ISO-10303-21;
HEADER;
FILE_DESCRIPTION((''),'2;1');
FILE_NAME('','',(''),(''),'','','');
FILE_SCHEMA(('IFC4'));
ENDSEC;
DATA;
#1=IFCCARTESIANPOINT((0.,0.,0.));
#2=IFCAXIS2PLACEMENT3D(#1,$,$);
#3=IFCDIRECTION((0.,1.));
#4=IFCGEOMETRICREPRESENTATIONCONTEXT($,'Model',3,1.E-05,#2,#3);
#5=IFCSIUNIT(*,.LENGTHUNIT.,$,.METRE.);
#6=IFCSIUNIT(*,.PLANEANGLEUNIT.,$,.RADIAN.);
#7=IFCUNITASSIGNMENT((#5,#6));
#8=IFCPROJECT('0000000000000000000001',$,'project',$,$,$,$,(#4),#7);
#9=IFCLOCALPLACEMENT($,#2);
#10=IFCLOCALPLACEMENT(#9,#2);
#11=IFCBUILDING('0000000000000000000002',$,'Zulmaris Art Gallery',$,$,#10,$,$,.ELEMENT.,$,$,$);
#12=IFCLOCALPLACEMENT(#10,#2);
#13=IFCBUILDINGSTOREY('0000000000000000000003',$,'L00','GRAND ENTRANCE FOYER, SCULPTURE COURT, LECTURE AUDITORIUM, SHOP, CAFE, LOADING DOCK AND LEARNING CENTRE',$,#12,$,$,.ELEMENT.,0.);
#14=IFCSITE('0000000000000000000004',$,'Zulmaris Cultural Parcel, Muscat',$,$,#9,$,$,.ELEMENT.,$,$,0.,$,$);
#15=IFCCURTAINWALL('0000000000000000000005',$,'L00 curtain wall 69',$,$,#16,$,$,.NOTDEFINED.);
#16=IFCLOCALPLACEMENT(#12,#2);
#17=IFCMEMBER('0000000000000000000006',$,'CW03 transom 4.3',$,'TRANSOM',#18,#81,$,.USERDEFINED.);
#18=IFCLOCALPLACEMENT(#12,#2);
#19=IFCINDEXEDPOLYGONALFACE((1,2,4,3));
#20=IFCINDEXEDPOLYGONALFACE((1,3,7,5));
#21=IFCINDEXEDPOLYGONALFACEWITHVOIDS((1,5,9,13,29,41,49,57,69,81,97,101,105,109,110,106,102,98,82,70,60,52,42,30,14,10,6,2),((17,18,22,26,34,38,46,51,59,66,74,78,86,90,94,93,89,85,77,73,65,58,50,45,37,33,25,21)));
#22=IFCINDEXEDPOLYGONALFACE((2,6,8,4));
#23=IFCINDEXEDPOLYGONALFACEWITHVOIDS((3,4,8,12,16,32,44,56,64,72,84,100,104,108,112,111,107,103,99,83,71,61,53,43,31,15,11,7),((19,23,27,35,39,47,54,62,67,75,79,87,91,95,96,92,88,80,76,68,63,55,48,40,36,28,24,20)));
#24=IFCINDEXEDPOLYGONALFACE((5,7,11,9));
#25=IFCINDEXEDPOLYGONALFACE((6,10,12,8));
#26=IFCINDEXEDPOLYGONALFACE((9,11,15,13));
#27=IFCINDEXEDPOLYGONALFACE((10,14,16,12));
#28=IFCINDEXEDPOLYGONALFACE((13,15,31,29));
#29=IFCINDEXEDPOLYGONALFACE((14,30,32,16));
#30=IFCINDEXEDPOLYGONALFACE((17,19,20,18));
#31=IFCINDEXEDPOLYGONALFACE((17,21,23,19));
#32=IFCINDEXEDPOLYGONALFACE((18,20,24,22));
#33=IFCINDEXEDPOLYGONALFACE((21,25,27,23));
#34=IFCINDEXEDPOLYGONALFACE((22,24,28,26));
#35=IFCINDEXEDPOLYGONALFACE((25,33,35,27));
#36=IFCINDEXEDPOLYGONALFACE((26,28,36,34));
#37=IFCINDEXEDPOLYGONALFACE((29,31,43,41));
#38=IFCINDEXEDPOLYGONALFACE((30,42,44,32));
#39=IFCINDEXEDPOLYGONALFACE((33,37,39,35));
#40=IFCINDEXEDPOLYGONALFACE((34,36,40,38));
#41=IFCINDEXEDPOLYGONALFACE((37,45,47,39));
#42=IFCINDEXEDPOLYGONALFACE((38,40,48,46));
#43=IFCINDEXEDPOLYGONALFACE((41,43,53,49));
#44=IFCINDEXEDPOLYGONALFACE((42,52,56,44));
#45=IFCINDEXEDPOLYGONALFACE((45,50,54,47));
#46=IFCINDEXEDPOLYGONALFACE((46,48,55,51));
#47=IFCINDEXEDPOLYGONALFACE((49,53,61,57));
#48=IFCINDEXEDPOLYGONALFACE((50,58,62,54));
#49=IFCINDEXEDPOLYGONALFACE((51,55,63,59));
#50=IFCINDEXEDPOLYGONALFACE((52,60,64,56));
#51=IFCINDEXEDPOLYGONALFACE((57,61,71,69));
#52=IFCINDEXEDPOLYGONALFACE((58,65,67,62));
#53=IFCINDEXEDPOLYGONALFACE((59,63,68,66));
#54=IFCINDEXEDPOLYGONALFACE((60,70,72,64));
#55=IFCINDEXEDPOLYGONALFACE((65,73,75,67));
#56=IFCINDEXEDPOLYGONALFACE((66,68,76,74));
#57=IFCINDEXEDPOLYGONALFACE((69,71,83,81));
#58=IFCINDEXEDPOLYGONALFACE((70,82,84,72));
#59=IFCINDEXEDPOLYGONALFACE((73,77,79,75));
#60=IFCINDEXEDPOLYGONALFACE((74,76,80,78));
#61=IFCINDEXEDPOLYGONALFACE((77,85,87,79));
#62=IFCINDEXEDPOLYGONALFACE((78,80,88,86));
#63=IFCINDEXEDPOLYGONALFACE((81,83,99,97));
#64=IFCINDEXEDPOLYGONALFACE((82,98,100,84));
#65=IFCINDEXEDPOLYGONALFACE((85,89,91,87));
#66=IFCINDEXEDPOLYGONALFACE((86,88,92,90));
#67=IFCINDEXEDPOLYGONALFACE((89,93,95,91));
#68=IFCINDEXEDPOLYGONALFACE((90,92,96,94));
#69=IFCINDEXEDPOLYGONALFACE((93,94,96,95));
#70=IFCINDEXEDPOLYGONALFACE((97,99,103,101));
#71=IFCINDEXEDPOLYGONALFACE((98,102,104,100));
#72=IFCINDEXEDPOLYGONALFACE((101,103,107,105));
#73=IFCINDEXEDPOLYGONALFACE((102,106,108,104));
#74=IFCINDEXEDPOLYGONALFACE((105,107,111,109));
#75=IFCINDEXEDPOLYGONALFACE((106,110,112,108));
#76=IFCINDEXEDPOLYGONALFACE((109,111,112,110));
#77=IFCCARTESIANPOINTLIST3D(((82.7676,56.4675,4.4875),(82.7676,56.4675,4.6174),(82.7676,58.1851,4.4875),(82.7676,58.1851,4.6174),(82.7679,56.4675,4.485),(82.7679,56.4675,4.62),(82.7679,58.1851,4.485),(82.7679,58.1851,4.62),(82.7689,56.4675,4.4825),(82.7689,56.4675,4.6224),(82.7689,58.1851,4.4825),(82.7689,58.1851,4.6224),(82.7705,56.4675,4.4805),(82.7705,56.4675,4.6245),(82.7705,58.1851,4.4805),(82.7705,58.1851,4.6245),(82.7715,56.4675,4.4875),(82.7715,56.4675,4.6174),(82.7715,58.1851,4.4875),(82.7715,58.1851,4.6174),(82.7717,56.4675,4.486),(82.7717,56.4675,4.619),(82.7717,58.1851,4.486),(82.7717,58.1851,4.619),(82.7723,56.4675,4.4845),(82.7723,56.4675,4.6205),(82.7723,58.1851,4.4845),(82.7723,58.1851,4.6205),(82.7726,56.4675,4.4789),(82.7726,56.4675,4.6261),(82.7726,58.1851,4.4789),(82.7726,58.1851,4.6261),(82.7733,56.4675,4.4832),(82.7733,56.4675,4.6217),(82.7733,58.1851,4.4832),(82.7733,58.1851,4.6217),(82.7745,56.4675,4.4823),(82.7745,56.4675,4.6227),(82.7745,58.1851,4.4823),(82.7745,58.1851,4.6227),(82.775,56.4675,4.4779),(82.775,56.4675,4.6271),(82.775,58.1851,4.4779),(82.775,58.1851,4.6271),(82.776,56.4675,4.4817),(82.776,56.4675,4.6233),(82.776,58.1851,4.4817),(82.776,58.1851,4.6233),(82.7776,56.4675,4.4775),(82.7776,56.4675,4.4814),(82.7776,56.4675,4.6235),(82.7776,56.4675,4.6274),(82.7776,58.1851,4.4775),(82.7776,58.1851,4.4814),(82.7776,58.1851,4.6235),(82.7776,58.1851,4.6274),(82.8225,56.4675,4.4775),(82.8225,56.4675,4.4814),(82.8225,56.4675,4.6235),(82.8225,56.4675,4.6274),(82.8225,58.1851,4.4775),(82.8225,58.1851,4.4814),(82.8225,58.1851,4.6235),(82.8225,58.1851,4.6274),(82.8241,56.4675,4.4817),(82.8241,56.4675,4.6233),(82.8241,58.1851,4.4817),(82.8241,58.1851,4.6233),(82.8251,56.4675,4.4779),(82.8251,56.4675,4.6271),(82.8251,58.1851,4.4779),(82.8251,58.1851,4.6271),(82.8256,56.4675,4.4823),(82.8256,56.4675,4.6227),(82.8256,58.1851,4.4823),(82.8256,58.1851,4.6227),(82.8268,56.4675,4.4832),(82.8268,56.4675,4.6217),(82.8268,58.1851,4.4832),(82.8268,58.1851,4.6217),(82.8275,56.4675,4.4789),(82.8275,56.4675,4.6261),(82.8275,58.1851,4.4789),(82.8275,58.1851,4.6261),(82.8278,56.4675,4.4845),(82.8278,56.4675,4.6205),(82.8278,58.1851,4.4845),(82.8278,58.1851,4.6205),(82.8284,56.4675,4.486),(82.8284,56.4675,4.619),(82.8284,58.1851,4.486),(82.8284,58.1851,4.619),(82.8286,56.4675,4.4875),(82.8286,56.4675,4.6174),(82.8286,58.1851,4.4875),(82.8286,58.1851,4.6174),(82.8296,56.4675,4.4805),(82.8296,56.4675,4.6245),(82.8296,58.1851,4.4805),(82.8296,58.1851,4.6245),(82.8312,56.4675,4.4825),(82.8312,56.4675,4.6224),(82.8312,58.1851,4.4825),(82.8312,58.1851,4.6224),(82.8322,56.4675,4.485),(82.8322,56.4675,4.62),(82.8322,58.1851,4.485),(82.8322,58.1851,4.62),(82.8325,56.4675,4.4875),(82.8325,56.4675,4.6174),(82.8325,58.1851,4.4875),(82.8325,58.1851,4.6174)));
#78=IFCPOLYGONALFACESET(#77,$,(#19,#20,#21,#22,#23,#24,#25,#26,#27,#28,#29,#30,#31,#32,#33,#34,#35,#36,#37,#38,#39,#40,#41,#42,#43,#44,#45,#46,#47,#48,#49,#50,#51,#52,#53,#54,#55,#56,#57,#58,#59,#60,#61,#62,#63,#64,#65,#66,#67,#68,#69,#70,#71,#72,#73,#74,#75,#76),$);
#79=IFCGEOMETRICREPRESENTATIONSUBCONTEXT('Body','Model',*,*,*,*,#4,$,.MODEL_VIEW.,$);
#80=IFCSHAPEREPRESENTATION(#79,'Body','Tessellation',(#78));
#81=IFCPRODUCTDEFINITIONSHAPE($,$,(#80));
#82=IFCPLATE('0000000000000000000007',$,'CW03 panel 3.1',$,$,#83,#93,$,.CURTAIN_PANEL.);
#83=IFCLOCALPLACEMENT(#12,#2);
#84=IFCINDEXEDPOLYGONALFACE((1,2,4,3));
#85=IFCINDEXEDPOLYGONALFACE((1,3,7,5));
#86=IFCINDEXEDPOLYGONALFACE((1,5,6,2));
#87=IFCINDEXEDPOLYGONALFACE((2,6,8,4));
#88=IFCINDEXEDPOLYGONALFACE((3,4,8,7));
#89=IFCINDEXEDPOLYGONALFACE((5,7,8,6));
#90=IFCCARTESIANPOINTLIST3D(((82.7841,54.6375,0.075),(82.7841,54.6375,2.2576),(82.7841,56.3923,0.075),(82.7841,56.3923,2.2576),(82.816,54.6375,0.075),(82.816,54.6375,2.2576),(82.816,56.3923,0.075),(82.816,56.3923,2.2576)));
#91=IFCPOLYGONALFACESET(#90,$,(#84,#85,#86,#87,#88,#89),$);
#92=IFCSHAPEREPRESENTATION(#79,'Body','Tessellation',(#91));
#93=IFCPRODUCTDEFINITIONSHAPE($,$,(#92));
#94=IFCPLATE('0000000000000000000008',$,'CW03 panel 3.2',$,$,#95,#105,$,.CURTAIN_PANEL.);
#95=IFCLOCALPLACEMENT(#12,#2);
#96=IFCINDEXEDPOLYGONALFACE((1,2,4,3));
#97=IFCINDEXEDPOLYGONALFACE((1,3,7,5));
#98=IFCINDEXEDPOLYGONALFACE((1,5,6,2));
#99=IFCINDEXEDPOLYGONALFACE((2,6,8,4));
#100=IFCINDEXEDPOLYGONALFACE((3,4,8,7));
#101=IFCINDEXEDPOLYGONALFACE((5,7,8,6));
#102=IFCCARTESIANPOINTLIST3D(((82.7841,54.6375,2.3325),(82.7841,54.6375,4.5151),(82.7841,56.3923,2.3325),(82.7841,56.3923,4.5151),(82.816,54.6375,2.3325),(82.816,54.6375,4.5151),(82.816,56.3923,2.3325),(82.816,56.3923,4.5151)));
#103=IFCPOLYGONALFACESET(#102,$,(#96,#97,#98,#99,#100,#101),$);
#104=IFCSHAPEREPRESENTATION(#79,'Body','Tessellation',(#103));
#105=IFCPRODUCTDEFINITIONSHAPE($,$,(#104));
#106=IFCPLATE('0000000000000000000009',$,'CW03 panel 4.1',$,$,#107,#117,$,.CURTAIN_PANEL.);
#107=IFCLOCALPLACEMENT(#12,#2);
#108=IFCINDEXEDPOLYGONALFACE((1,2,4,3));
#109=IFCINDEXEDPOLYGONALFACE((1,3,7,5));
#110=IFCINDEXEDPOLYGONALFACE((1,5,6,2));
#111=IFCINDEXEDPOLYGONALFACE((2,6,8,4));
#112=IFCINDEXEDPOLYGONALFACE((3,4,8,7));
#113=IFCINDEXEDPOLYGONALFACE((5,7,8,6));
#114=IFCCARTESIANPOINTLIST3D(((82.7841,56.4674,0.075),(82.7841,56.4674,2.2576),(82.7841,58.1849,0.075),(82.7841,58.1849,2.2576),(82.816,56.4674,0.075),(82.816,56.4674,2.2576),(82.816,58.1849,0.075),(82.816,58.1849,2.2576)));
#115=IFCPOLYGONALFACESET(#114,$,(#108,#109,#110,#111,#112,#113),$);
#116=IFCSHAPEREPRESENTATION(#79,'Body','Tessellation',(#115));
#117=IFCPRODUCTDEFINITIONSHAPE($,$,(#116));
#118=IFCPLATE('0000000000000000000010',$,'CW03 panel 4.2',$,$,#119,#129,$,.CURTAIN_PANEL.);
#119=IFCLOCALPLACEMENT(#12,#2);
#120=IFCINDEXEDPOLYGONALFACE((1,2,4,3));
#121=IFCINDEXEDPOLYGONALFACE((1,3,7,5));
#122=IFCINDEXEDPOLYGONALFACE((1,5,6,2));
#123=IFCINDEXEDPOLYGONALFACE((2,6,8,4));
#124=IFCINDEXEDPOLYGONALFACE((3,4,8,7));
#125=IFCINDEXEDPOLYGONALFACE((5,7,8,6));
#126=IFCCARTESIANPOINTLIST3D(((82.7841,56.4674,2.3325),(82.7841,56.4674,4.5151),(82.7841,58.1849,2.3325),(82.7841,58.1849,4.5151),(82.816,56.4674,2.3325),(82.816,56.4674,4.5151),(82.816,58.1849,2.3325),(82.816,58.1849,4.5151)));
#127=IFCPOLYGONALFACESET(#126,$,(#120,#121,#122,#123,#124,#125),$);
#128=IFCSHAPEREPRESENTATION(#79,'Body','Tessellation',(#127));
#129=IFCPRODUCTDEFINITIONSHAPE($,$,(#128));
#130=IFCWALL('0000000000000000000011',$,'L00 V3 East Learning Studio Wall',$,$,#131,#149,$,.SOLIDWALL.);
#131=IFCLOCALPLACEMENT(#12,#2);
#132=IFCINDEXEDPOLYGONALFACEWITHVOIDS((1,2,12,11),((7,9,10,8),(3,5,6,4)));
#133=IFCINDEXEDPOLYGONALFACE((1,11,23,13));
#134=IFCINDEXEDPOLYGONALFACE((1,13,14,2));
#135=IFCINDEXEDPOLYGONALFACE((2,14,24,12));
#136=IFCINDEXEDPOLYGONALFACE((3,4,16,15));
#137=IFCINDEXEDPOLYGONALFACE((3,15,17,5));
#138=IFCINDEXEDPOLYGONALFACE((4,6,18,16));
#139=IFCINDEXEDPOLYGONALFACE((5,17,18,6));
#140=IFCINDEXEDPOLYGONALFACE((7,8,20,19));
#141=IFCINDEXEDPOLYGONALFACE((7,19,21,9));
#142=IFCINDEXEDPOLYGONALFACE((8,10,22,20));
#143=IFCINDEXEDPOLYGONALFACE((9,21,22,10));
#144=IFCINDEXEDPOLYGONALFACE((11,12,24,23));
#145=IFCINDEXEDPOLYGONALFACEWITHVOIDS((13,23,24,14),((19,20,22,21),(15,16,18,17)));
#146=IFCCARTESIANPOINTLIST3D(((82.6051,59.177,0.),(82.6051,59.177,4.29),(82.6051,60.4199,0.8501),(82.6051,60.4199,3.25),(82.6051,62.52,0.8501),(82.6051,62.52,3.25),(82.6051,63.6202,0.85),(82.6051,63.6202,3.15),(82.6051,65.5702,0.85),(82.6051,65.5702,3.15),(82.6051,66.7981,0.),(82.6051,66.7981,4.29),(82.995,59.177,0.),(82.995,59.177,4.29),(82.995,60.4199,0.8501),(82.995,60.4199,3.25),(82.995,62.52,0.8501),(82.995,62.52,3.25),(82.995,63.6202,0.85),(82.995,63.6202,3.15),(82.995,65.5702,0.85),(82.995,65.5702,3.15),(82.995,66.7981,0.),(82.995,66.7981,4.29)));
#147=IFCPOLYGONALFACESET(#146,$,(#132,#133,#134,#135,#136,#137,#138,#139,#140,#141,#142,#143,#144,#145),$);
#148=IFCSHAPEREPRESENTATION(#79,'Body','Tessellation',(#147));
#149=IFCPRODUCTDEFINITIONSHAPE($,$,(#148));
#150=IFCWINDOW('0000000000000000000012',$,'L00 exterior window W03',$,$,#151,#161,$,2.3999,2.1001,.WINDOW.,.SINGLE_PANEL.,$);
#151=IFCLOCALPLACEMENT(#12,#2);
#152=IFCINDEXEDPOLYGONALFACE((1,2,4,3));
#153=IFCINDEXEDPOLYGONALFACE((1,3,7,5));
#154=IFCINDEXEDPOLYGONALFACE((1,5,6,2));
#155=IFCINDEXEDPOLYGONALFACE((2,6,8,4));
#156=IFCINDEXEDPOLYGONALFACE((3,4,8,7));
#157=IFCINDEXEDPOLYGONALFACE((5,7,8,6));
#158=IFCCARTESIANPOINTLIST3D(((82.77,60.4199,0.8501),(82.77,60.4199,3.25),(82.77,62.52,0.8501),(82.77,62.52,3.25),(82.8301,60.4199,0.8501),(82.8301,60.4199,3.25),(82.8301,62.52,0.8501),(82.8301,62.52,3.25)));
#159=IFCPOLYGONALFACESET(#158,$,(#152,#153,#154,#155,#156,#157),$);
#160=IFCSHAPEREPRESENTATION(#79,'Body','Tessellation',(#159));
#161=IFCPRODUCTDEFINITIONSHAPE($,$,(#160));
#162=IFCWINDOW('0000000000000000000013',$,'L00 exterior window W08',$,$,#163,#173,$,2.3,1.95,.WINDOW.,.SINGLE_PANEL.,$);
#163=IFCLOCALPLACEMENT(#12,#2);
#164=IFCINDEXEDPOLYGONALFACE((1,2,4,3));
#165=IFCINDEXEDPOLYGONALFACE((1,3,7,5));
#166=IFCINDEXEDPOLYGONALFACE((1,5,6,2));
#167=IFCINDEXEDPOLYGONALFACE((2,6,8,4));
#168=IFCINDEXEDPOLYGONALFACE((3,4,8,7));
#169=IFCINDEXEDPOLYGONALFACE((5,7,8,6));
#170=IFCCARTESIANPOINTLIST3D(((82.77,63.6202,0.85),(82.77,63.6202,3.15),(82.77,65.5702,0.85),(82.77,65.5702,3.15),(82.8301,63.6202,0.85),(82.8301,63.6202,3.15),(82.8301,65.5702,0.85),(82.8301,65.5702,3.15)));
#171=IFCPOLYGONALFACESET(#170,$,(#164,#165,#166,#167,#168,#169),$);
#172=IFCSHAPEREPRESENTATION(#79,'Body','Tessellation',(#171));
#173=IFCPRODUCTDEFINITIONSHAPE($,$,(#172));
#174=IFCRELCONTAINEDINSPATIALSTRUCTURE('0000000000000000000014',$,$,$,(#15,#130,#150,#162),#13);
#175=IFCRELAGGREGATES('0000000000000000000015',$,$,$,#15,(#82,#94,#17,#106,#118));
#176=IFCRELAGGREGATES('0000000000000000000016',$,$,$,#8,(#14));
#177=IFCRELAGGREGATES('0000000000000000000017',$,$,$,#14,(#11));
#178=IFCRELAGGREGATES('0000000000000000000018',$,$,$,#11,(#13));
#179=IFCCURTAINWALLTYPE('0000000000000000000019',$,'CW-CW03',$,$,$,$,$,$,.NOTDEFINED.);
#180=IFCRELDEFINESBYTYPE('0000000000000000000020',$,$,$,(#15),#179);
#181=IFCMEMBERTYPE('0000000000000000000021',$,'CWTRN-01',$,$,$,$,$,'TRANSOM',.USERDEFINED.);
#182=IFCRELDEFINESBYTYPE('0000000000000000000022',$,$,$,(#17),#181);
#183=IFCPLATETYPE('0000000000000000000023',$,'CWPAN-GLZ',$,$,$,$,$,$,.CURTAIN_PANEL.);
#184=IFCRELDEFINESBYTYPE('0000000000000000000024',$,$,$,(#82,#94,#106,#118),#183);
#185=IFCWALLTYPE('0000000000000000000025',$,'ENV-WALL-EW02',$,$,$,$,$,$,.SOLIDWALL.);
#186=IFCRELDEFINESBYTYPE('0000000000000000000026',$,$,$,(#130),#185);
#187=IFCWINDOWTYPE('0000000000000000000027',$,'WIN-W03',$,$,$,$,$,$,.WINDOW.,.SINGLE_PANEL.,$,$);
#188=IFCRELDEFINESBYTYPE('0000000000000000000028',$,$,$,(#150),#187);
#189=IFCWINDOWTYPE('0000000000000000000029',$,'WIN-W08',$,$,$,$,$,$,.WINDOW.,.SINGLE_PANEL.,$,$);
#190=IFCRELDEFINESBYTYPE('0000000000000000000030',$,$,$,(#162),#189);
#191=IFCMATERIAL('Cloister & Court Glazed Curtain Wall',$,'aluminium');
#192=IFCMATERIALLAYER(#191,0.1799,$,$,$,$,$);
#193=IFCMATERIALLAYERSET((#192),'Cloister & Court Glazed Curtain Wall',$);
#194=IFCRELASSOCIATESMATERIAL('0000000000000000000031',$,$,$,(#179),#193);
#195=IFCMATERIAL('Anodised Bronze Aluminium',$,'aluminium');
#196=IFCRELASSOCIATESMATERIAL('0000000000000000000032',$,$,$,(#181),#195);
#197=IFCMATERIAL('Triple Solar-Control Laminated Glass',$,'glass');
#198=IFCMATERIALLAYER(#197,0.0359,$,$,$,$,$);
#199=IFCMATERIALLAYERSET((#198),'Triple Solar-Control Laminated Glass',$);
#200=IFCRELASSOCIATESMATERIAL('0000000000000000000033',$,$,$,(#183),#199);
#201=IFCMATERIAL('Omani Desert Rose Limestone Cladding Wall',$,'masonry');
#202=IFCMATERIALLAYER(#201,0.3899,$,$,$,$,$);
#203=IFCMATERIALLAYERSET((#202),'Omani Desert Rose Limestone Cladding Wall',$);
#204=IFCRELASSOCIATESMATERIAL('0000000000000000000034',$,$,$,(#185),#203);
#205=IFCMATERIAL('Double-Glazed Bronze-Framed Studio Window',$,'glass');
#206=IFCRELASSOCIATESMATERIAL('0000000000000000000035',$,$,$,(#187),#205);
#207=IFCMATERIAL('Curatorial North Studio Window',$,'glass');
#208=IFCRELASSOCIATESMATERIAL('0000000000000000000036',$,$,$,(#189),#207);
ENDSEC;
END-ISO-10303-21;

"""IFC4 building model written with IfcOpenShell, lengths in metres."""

from ifc_helpers import new_model, si_unit, direction, frame, frame_2d, origin, origin_2d, place, context, subcontext, project, spatial, rectangle, hollow_rectangle, extrude, material, layer, layer_set, material_profile, profile_set, type_object, element, fill, aggregate, save


model = new_model("IFC4")

# Units and contexts
model_context = context("Model", 3, precision=1e-05, world=origin(), true_north=direction((0.0, 1.0)))
body_context = subcontext(model_context, "Body", "Model", "MODEL_VIEW")
ifc_project = project(units=[si_unit("LENGTHUNIT", "METRE"), si_unit("PLANEANGLEUNIT", "RADIAN")], contexts=[model_context])

# Site, building, storey
site_placement = place(None, origin())
site = spatial("IfcSite", under=ifc_project, at=site_placement, Name="Zulmaris Cultural Parcel, Muscat", CompositionType="ELEMENT", RefElevation=0.0)
building_placement = place(site_placement, origin())
building = spatial("IfcBuilding", under=site, at=building_placement, Name="Zulmaris Art Gallery", CompositionType="ELEMENT")
storey_placement = place(building_placement, origin())
storey = spatial("IfcBuildingStorey", under=building, at=storey_placement, Name="L00", Description="GRAND ENTRANCE FOYER, SCULPTURE COURT, LECTURE AUDITORIUM, SHOP, CAFE, LOADING DOCK AND LEARNING CENTRE", CompositionType="ELEMENT", Elevation=0.0)

# Curtain wall, member, plates
ifc_material_1 = material(Name="Cloister & Court Glazed Curtain Wall", Category="aluminium")
ifc_layer_1 = layer(ifc_material_1, 0.1799)
ifc_layer_set_1 = layer_set([ifc_layer_1], Name="Cloister & Court Glazed Curtain Wall")
curtain_wall_type = type_object("IfcCurtainWallType", Name="CW-CW03", PredefinedType="NOTDEFINED", material=ifc_layer_set_1)
curtain_wall_placement = place(storey_placement, origin())
curtain_wall = element("IfcCurtainWall", 1, at=curtain_wall_placement, inside=storey, type_object=curtain_wall_type, Name="L00 curtain wall 69", PredefinedType="NOTDEFINED")
ifc_material_2 = material(Name="Anodised Bronze Aluminium", Category="aluminium")
ifc_material_profile_1 = material_profile(ifc_material_2, hollow_rectangle(XDim=0.0649, YDim=0.1499, WallThickness=0.0039, InnerFilletRadius=0.0061, OuterFilletRadius=0.01, at=origin_2d()), Name="ALU 65x150x4")
ifc_profile_set_1 = profile_set([ifc_material_profile_1], Name="Anodised Bronze Aluminium")
member_type_1 = type_object("IfcMemberType", Name="CWTRN-01", ElementType="TRANSOM", PredefinedType="USERDEFINED", material=ifc_profile_set_1)
member_1_placement = place(storey_placement, frame((82.8, 56.4675, 4.5525), z_axis=(0.0, 1.0, 0.0), x_axis=(-1.0, 0.0, 0.0)))
member_1 = element("IfcMember", 2, at=member_1_placement, type_object=member_type_1, Name="CW03 transom 4.3", ObjectType="TRANSOM", PredefinedType="USERDEFINED", context=body_context, shape_type="SweptSolid", body=[
    extrude(hollow_rectangle(XDim=0.0649, YDim=0.1499, WallThickness=0.0039, InnerFilletRadius=0.0061, OuterFilletRadius=0.01, at=origin_2d()), origin(), (0.0, 0.0, 1.0), 1.7175),
])
ifc_material_3 = material(Name="Triple Solar-Control Laminated Glass", Category="glass")
ifc_layer_2 = layer(ifc_material_3, 0.0359)
ifc_layer_set_2 = layer_set([ifc_layer_2], Name="Triple Solar-Control Laminated Glass")
plate_type = type_object("IfcPlateType", Name="CWPAN-GLZ", PredefinedType="CURTAIN_PANEL", material=ifc_layer_set_2)
plate_1_placement = place(storey_placement, frame((82.8, 55.5149, 0.075), z_axis=(0.0, 0.0, 1.0), x_axis=(0.0, 1.0, 0.0)))
plate_1 = element("IfcPlate", 3, at=plate_1_placement, type_object=plate_type, Name="CW03 panel 3.1", PredefinedType="CURTAIN_PANEL", context=body_context, shape_type="SweptSolid", body=[
    extrude(rectangle(XDim=1.7549, YDim=0.032, at=origin_2d()), origin(), (0.0, 0.0, 1.0), 2.1826),
])
plate_2_placement = place(storey_placement, frame((82.8, 55.5149, 2.3325), z_axis=(0.0, 0.0, 1.0), x_axis=(0.0, 1.0, 0.0)))
plate_2 = element("IfcPlate", 4, at=plate_2_placement, type_object=plate_type, Name="CW03 panel 3.2", PredefinedType="CURTAIN_PANEL", context=body_context, shape_type="SweptSolid", body=[
    extrude(rectangle(XDim=1.7549, YDim=0.032, at=origin_2d()), origin(), (0.0, 0.0, 1.0), 2.1826),
])
plate_3_placement = place(storey_placement, frame((82.8, 57.3262, 0.075), z_axis=(0.0, 0.0, 1.0), x_axis=(0.0, 1.0, 0.0)))
plate_3 = element("IfcPlate", 5, at=plate_3_placement, type_object=plate_type, Name="CW03 panel 4.1", PredefinedType="CURTAIN_PANEL", context=body_context, shape_type="SweptSolid", body=[
    extrude(rectangle(XDim=1.7175, YDim=0.032, at=origin_2d()), origin(), (0.0, 0.0, 1.0), 2.1826),
])
plate_4_placement = place(storey_placement, frame((82.8, 57.3262, 2.3325), z_axis=(0.0, 0.0, 1.0), x_axis=(0.0, 1.0, 0.0)))
plate_4 = element("IfcPlate", 6, at=plate_4_placement, type_object=plate_type, Name="CW03 panel 4.2", PredefinedType="CURTAIN_PANEL", context=body_context, shape_type="SweptSolid", body=[
    extrude(rectangle(XDim=1.7175, YDim=0.032, at=origin_2d()), origin(), (0.0, 0.0, 1.0), 2.1826),
])
aggregate(curtain_wall, [plate_1, plate_2, member_1, plate_3, plate_4])

# Wall, openings, windows
ifc_material_4 = material(Name="Omani Desert Rose Limestone Cladding Wall", Category="masonry")
ifc_layer_3 = layer(ifc_material_4, 0.3899)
ifc_layer_set_3 = layer_set([ifc_layer_3], Name="Omani Desert Rose Limestone Cladding Wall")
wall_type_1 = type_object("IfcWallType", Name="ENV-WALL-EW02", PredefinedType="SOLIDWALL", material=ifc_layer_set_3)
wall_1_placement = place(storey_placement, frame((82.8, 59.177, 0.0), z_axis=(0.0, 0.0, 1.0), x_axis=(0.0, 1.0, 0.0)))
wall_1 = element("IfcWall", 7, at=wall_1_placement, inside=storey, type_object=wall_type_1, Name="L00 V3 East Learning Studio Wall", PredefinedType="SOLIDWALL", context=body_context, shape_type="SweptSolid", body=[
    extrude(rectangle(XDim=7.6211, YDim=0.3899, at=frame_2d((3.8105, 0.0))), origin(), (0.0, 0.0, 1.0), 4.29),
])
opening_1_placement = place(wall_1_placement, frame((1.2429, 0.0, 0.8501)))
opening_1 = element("IfcOpeningElement", 8, at=opening_1_placement, cuts=wall_1, PredefinedType="OPENING", context=body_context, shape_type="SweptSolid", body=[
    extrude(rectangle(XDim=2.1001, YDim=2.3999, at=frame_2d((1.05, 1.2))), frame((0.0, 0.2048, 0.0), z_axis=(0.0, -1.0, 0.0), x_axis=(1.0, 0.0, 0.0)), (0.0, 0.0, 1.0), 0.4099),
])
opening_2_placement = place(wall_1_placement, frame((4.4431, 0.0, 0.8501)))
opening_2 = element("IfcOpeningElement", 9, at=opening_2_placement, cuts=wall_1, PredefinedType="OPENING", context=body_context, shape_type="SweptSolid", body=[
    extrude(rectangle(XDim=1.95, YDim=2.3, at=frame_2d((0.9751, 1.1499))), frame((0.0, 0.2048, 0.0), z_axis=(0.0, -1.0, 0.0), x_axis=(1.0, 0.0, 0.0)), (0.0, 0.0, 1.0), 0.4099),
])
ifc_material_5 = material(Name="Double-Glazed Bronze-Framed Studio Window", Category="glass")
window_type_1 = type_object("IfcWindowType", Name="WIN-W03", PartitioningType="SINGLE_PANEL", PredefinedType="WINDOW", material=ifc_material_5)
window_1_placement = place(opening_1_placement, origin())
window_1 = element("IfcWindow", 10, at=window_1_placement, inside=storey, type_object=window_type_1, Name="L00 exterior window W03", OverallHeight=2.3999, OverallWidth=2.1001, PartitioningType="SINGLE_PANEL", PredefinedType="WINDOW", context=body_context, shape_type="SweptSolid", body=[
    extrude(rectangle(XDim=2.1001, YDim=2.3999, at=frame_2d((1.05, 1.2))), frame((0.0, 0.03, 0.0), z_axis=(0.0, -1.0, 0.0), x_axis=(1.0, 0.0, 0.0)), (0.0, 0.0, 1.0), 0.0601),
])
fill(opening_1, window_1)
ifc_material_6 = material(Name="Curatorial North Studio Window", Category="glass")
window_type_2 = type_object("IfcWindowType", Name="WIN-W08", PartitioningType="SINGLE_PANEL", PredefinedType="WINDOW", material=ifc_material_6)
window_2_placement = place(opening_2_placement, origin())
window_2 = element("IfcWindow", 11, at=window_2_placement, inside=storey, type_object=window_type_2, Name="L00 exterior window W08", OverallHeight=2.3, OverallWidth=1.95, PartitioningType="SINGLE_PANEL", PredefinedType="WINDOW", context=body_context, shape_type="SweptSolid", body=[
    extrude(rectangle(XDim=1.95, YDim=2.3, at=frame_2d((0.9751, 1.1499))), frame((0.0, 0.03, 0.0), z_axis=(0.0, -1.0, 0.0), x_axis=(1.0, 0.0, 0.0)), (0.0, 0.0, 1.0), 0.0601),
])
fill(opening_2, window_2)

save(model, "model.ifc")
